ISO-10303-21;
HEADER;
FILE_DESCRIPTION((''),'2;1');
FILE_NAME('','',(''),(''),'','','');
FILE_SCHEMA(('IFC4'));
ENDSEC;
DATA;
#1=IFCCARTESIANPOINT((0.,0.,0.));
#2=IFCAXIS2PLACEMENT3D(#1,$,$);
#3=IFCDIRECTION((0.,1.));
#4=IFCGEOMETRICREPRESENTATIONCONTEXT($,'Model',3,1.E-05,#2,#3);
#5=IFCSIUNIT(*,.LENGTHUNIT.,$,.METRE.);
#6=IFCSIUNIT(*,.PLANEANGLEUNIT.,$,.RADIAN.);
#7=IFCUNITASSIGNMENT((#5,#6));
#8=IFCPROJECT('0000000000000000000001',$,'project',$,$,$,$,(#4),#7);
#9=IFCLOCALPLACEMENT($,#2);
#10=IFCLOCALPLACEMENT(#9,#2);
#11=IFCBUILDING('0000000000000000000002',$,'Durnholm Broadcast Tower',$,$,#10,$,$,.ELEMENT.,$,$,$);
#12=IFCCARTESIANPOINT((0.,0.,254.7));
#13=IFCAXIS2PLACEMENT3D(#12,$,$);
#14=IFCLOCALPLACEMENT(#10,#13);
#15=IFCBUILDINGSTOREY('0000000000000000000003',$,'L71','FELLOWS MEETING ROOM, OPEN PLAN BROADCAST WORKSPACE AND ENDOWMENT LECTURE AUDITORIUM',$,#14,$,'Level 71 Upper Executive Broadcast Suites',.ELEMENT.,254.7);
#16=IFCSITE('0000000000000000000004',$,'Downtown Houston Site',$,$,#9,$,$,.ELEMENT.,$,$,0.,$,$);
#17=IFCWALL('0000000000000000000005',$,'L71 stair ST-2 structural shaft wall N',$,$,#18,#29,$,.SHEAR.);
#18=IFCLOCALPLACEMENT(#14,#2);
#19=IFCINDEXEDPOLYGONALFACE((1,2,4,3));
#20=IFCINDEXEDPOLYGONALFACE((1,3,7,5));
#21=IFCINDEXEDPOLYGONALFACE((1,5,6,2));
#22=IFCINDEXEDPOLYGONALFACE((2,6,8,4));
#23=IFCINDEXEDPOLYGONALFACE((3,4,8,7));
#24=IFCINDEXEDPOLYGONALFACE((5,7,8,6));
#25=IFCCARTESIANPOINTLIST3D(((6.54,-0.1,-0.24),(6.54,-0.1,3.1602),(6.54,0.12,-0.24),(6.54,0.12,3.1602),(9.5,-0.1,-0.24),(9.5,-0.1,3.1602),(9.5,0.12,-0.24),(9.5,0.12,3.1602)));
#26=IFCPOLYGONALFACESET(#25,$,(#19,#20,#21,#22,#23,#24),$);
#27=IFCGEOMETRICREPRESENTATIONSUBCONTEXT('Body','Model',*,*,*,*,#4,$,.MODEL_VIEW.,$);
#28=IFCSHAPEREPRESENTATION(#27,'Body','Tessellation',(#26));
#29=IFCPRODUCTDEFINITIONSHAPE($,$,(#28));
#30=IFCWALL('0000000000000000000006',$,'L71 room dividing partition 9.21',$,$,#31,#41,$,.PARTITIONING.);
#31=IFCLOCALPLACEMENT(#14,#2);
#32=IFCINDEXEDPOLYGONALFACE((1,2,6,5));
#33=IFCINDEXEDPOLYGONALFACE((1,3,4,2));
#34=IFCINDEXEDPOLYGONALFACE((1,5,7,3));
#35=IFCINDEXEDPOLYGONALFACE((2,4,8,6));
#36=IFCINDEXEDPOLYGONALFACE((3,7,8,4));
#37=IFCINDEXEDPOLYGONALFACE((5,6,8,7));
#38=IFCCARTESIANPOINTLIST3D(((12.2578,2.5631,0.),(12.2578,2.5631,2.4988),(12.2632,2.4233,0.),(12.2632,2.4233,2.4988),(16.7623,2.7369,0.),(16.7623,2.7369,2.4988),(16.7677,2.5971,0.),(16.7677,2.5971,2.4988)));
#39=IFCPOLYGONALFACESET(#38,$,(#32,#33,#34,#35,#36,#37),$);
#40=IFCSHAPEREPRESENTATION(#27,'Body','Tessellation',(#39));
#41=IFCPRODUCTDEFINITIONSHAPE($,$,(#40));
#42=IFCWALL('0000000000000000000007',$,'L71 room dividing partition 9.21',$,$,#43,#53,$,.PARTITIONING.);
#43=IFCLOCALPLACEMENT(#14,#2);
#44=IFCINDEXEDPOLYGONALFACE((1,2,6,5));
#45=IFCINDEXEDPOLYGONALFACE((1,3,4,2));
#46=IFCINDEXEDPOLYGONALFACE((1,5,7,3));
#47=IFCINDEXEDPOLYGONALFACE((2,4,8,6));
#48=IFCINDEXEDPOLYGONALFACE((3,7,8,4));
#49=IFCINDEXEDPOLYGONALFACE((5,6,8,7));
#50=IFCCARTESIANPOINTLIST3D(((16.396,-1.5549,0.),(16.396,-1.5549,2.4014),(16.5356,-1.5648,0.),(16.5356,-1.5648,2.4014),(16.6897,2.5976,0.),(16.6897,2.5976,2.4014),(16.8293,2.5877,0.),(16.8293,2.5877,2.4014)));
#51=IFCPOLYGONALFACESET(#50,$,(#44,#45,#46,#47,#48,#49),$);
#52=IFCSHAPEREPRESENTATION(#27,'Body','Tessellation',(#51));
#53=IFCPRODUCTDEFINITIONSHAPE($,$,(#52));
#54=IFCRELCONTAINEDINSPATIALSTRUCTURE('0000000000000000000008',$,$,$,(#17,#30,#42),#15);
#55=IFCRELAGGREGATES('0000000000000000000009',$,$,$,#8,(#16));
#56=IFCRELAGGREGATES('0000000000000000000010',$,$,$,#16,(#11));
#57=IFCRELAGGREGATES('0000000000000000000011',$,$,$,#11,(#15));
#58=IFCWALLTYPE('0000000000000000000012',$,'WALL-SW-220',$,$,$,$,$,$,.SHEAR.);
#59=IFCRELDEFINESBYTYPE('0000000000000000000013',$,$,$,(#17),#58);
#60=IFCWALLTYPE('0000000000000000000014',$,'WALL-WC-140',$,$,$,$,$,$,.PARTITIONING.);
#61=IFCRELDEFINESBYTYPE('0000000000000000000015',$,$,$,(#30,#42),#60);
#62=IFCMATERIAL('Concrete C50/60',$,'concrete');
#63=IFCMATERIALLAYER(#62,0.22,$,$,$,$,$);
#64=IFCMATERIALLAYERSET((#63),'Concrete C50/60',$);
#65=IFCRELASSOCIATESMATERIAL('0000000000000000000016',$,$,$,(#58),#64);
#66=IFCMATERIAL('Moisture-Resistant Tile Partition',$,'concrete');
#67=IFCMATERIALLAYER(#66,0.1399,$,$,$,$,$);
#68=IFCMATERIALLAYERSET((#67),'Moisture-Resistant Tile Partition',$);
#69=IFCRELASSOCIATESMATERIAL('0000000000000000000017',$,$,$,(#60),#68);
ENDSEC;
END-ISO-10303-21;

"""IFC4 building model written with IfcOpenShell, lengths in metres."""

from ifc_helpers import new_model, si_unit, direction, frame, frame_2d, origin, place, context, subcontext, project, spatial, rectangle, extrude, material, layer, layer_set, type_object, element, save


model = new_model("IFC4")

# Units and contexts
model_context = context("Model", 3, precision=1e-05, world=origin(), true_north=direction((0.0, 1.0)))
body_context = subcontext(model_context, "Body", "Model", "MODEL_VIEW")
ifc_project = project(units=[si_unit("LENGTHUNIT", "METRE"), si_unit("PLANEANGLEUNIT", "RADIAN")], contexts=[model_context])

# Site, building, storey
site_placement = place(None, origin())
site = spatial("IfcSite", under=ifc_project, at=site_placement, Name="Downtown Houston Site", CompositionType="ELEMENT", RefElevation=0.0)
building_placement = place(site_placement, origin())
building = spatial("IfcBuilding", under=site, at=building_placement, Name="Durnholm Broadcast Tower", CompositionType="ELEMENT")
storey_placement = place(building_placement, frame((0.0, 0.0, 254.7)))
storey = spatial("IfcBuildingStorey", under=building, at=storey_placement, Name="L71", Description="FELLOWS MEETING ROOM, OPEN PLAN BROADCAST WORKSPACE AND ENDOWMENT LECTURE AUDITORIUM", LongName="Level 71 Upper Executive Broadcast Suites", CompositionType="ELEMENT", Elevation=254.7)

# Walls
ifc_material_1 = material(Name="Concrete C50/60", Category="concrete")
ifc_layer_1 = layer(ifc_material_1, 0.22)
ifc_layer_set_1 = layer_set([ifc_layer_1], Name="Concrete C50/60")
wall_type_1 = type_object("IfcWallType", Name="WALL-SW-220", PredefinedType="SHEAR", material=ifc_layer_set_1)
wall_1_placement = place(storey_placement, frame((9.5, 0.01, -0.24), z_axis=(0.0, 0.0, 1.0), x_axis=(-1.0, 0.0, 0.0)))
element("IfcWall", 1, at=wall_1_placement, inside=storey, type_object=wall_type_1, Name="L71 stair ST-2 structural shaft wall N", PredefinedType="SHEAR", context=body_context, shape_type="SweptSolid", body=[
    extrude(rectangle(XDim=2.96, YDim=0.22, at=frame_2d((1.48, 0.0))), origin(), (0.0, 0.0, 1.0), 3.4001),
])
ifc_material_2 = material(Name="Moisture-Resistant Tile Partition", Category="concrete")
ifc_layer_2 = layer(ifc_material_2, 0.1399)
ifc_layer_set_2 = layer_set([ifc_layer_2], Name="Moisture-Resistant Tile Partition")
wall_type_2 = type_object("IfcWallType", Name="WALL-WC-140", PredefinedType="PARTITIONING", material=ifc_layer_set_2)
wall_2_placement = place(storey_placement, frame((12.2605, 2.4932, 0.0), z_axis=(0.0, 0.0, 1.0), x_axis=(0.999256, 0.038562, 0.0)))
element("IfcWall", 2, at=wall_2_placement, inside=storey, type_object=wall_type_2, Name="L71 room dividing partition 9.21", PredefinedType="PARTITIONING", context=body_context, shape_type="SweptSolid", body=[
    extrude(rectangle(XDim=4.5078, YDim=0.1399, at=frame_2d((2.2539, 0.0))), origin(), (0.0, 0.0, 1.0), 2.4988),
])
wall_3_placement = place(storey_placement, frame((16.7595, 2.5928, 0.0), z_axis=(0.0, 0.0, 1.0), x_axis=(-0.070551, -0.997508, 0.0)))
element("IfcWall", 3, at=wall_3_placement, inside=storey, type_object=wall_type_2, Name="L71 room dividing partition 9.21", PredefinedType="PARTITIONING", context=body_context, shape_type="SweptSolid", body=[
    extrude(rectangle(XDim=4.1628, YDim=0.1399, at=frame_2d((2.0815, 0.0))), origin(), (0.0, 0.0, 1.0), 2.4014),
])

save(model, "model.ifc")
